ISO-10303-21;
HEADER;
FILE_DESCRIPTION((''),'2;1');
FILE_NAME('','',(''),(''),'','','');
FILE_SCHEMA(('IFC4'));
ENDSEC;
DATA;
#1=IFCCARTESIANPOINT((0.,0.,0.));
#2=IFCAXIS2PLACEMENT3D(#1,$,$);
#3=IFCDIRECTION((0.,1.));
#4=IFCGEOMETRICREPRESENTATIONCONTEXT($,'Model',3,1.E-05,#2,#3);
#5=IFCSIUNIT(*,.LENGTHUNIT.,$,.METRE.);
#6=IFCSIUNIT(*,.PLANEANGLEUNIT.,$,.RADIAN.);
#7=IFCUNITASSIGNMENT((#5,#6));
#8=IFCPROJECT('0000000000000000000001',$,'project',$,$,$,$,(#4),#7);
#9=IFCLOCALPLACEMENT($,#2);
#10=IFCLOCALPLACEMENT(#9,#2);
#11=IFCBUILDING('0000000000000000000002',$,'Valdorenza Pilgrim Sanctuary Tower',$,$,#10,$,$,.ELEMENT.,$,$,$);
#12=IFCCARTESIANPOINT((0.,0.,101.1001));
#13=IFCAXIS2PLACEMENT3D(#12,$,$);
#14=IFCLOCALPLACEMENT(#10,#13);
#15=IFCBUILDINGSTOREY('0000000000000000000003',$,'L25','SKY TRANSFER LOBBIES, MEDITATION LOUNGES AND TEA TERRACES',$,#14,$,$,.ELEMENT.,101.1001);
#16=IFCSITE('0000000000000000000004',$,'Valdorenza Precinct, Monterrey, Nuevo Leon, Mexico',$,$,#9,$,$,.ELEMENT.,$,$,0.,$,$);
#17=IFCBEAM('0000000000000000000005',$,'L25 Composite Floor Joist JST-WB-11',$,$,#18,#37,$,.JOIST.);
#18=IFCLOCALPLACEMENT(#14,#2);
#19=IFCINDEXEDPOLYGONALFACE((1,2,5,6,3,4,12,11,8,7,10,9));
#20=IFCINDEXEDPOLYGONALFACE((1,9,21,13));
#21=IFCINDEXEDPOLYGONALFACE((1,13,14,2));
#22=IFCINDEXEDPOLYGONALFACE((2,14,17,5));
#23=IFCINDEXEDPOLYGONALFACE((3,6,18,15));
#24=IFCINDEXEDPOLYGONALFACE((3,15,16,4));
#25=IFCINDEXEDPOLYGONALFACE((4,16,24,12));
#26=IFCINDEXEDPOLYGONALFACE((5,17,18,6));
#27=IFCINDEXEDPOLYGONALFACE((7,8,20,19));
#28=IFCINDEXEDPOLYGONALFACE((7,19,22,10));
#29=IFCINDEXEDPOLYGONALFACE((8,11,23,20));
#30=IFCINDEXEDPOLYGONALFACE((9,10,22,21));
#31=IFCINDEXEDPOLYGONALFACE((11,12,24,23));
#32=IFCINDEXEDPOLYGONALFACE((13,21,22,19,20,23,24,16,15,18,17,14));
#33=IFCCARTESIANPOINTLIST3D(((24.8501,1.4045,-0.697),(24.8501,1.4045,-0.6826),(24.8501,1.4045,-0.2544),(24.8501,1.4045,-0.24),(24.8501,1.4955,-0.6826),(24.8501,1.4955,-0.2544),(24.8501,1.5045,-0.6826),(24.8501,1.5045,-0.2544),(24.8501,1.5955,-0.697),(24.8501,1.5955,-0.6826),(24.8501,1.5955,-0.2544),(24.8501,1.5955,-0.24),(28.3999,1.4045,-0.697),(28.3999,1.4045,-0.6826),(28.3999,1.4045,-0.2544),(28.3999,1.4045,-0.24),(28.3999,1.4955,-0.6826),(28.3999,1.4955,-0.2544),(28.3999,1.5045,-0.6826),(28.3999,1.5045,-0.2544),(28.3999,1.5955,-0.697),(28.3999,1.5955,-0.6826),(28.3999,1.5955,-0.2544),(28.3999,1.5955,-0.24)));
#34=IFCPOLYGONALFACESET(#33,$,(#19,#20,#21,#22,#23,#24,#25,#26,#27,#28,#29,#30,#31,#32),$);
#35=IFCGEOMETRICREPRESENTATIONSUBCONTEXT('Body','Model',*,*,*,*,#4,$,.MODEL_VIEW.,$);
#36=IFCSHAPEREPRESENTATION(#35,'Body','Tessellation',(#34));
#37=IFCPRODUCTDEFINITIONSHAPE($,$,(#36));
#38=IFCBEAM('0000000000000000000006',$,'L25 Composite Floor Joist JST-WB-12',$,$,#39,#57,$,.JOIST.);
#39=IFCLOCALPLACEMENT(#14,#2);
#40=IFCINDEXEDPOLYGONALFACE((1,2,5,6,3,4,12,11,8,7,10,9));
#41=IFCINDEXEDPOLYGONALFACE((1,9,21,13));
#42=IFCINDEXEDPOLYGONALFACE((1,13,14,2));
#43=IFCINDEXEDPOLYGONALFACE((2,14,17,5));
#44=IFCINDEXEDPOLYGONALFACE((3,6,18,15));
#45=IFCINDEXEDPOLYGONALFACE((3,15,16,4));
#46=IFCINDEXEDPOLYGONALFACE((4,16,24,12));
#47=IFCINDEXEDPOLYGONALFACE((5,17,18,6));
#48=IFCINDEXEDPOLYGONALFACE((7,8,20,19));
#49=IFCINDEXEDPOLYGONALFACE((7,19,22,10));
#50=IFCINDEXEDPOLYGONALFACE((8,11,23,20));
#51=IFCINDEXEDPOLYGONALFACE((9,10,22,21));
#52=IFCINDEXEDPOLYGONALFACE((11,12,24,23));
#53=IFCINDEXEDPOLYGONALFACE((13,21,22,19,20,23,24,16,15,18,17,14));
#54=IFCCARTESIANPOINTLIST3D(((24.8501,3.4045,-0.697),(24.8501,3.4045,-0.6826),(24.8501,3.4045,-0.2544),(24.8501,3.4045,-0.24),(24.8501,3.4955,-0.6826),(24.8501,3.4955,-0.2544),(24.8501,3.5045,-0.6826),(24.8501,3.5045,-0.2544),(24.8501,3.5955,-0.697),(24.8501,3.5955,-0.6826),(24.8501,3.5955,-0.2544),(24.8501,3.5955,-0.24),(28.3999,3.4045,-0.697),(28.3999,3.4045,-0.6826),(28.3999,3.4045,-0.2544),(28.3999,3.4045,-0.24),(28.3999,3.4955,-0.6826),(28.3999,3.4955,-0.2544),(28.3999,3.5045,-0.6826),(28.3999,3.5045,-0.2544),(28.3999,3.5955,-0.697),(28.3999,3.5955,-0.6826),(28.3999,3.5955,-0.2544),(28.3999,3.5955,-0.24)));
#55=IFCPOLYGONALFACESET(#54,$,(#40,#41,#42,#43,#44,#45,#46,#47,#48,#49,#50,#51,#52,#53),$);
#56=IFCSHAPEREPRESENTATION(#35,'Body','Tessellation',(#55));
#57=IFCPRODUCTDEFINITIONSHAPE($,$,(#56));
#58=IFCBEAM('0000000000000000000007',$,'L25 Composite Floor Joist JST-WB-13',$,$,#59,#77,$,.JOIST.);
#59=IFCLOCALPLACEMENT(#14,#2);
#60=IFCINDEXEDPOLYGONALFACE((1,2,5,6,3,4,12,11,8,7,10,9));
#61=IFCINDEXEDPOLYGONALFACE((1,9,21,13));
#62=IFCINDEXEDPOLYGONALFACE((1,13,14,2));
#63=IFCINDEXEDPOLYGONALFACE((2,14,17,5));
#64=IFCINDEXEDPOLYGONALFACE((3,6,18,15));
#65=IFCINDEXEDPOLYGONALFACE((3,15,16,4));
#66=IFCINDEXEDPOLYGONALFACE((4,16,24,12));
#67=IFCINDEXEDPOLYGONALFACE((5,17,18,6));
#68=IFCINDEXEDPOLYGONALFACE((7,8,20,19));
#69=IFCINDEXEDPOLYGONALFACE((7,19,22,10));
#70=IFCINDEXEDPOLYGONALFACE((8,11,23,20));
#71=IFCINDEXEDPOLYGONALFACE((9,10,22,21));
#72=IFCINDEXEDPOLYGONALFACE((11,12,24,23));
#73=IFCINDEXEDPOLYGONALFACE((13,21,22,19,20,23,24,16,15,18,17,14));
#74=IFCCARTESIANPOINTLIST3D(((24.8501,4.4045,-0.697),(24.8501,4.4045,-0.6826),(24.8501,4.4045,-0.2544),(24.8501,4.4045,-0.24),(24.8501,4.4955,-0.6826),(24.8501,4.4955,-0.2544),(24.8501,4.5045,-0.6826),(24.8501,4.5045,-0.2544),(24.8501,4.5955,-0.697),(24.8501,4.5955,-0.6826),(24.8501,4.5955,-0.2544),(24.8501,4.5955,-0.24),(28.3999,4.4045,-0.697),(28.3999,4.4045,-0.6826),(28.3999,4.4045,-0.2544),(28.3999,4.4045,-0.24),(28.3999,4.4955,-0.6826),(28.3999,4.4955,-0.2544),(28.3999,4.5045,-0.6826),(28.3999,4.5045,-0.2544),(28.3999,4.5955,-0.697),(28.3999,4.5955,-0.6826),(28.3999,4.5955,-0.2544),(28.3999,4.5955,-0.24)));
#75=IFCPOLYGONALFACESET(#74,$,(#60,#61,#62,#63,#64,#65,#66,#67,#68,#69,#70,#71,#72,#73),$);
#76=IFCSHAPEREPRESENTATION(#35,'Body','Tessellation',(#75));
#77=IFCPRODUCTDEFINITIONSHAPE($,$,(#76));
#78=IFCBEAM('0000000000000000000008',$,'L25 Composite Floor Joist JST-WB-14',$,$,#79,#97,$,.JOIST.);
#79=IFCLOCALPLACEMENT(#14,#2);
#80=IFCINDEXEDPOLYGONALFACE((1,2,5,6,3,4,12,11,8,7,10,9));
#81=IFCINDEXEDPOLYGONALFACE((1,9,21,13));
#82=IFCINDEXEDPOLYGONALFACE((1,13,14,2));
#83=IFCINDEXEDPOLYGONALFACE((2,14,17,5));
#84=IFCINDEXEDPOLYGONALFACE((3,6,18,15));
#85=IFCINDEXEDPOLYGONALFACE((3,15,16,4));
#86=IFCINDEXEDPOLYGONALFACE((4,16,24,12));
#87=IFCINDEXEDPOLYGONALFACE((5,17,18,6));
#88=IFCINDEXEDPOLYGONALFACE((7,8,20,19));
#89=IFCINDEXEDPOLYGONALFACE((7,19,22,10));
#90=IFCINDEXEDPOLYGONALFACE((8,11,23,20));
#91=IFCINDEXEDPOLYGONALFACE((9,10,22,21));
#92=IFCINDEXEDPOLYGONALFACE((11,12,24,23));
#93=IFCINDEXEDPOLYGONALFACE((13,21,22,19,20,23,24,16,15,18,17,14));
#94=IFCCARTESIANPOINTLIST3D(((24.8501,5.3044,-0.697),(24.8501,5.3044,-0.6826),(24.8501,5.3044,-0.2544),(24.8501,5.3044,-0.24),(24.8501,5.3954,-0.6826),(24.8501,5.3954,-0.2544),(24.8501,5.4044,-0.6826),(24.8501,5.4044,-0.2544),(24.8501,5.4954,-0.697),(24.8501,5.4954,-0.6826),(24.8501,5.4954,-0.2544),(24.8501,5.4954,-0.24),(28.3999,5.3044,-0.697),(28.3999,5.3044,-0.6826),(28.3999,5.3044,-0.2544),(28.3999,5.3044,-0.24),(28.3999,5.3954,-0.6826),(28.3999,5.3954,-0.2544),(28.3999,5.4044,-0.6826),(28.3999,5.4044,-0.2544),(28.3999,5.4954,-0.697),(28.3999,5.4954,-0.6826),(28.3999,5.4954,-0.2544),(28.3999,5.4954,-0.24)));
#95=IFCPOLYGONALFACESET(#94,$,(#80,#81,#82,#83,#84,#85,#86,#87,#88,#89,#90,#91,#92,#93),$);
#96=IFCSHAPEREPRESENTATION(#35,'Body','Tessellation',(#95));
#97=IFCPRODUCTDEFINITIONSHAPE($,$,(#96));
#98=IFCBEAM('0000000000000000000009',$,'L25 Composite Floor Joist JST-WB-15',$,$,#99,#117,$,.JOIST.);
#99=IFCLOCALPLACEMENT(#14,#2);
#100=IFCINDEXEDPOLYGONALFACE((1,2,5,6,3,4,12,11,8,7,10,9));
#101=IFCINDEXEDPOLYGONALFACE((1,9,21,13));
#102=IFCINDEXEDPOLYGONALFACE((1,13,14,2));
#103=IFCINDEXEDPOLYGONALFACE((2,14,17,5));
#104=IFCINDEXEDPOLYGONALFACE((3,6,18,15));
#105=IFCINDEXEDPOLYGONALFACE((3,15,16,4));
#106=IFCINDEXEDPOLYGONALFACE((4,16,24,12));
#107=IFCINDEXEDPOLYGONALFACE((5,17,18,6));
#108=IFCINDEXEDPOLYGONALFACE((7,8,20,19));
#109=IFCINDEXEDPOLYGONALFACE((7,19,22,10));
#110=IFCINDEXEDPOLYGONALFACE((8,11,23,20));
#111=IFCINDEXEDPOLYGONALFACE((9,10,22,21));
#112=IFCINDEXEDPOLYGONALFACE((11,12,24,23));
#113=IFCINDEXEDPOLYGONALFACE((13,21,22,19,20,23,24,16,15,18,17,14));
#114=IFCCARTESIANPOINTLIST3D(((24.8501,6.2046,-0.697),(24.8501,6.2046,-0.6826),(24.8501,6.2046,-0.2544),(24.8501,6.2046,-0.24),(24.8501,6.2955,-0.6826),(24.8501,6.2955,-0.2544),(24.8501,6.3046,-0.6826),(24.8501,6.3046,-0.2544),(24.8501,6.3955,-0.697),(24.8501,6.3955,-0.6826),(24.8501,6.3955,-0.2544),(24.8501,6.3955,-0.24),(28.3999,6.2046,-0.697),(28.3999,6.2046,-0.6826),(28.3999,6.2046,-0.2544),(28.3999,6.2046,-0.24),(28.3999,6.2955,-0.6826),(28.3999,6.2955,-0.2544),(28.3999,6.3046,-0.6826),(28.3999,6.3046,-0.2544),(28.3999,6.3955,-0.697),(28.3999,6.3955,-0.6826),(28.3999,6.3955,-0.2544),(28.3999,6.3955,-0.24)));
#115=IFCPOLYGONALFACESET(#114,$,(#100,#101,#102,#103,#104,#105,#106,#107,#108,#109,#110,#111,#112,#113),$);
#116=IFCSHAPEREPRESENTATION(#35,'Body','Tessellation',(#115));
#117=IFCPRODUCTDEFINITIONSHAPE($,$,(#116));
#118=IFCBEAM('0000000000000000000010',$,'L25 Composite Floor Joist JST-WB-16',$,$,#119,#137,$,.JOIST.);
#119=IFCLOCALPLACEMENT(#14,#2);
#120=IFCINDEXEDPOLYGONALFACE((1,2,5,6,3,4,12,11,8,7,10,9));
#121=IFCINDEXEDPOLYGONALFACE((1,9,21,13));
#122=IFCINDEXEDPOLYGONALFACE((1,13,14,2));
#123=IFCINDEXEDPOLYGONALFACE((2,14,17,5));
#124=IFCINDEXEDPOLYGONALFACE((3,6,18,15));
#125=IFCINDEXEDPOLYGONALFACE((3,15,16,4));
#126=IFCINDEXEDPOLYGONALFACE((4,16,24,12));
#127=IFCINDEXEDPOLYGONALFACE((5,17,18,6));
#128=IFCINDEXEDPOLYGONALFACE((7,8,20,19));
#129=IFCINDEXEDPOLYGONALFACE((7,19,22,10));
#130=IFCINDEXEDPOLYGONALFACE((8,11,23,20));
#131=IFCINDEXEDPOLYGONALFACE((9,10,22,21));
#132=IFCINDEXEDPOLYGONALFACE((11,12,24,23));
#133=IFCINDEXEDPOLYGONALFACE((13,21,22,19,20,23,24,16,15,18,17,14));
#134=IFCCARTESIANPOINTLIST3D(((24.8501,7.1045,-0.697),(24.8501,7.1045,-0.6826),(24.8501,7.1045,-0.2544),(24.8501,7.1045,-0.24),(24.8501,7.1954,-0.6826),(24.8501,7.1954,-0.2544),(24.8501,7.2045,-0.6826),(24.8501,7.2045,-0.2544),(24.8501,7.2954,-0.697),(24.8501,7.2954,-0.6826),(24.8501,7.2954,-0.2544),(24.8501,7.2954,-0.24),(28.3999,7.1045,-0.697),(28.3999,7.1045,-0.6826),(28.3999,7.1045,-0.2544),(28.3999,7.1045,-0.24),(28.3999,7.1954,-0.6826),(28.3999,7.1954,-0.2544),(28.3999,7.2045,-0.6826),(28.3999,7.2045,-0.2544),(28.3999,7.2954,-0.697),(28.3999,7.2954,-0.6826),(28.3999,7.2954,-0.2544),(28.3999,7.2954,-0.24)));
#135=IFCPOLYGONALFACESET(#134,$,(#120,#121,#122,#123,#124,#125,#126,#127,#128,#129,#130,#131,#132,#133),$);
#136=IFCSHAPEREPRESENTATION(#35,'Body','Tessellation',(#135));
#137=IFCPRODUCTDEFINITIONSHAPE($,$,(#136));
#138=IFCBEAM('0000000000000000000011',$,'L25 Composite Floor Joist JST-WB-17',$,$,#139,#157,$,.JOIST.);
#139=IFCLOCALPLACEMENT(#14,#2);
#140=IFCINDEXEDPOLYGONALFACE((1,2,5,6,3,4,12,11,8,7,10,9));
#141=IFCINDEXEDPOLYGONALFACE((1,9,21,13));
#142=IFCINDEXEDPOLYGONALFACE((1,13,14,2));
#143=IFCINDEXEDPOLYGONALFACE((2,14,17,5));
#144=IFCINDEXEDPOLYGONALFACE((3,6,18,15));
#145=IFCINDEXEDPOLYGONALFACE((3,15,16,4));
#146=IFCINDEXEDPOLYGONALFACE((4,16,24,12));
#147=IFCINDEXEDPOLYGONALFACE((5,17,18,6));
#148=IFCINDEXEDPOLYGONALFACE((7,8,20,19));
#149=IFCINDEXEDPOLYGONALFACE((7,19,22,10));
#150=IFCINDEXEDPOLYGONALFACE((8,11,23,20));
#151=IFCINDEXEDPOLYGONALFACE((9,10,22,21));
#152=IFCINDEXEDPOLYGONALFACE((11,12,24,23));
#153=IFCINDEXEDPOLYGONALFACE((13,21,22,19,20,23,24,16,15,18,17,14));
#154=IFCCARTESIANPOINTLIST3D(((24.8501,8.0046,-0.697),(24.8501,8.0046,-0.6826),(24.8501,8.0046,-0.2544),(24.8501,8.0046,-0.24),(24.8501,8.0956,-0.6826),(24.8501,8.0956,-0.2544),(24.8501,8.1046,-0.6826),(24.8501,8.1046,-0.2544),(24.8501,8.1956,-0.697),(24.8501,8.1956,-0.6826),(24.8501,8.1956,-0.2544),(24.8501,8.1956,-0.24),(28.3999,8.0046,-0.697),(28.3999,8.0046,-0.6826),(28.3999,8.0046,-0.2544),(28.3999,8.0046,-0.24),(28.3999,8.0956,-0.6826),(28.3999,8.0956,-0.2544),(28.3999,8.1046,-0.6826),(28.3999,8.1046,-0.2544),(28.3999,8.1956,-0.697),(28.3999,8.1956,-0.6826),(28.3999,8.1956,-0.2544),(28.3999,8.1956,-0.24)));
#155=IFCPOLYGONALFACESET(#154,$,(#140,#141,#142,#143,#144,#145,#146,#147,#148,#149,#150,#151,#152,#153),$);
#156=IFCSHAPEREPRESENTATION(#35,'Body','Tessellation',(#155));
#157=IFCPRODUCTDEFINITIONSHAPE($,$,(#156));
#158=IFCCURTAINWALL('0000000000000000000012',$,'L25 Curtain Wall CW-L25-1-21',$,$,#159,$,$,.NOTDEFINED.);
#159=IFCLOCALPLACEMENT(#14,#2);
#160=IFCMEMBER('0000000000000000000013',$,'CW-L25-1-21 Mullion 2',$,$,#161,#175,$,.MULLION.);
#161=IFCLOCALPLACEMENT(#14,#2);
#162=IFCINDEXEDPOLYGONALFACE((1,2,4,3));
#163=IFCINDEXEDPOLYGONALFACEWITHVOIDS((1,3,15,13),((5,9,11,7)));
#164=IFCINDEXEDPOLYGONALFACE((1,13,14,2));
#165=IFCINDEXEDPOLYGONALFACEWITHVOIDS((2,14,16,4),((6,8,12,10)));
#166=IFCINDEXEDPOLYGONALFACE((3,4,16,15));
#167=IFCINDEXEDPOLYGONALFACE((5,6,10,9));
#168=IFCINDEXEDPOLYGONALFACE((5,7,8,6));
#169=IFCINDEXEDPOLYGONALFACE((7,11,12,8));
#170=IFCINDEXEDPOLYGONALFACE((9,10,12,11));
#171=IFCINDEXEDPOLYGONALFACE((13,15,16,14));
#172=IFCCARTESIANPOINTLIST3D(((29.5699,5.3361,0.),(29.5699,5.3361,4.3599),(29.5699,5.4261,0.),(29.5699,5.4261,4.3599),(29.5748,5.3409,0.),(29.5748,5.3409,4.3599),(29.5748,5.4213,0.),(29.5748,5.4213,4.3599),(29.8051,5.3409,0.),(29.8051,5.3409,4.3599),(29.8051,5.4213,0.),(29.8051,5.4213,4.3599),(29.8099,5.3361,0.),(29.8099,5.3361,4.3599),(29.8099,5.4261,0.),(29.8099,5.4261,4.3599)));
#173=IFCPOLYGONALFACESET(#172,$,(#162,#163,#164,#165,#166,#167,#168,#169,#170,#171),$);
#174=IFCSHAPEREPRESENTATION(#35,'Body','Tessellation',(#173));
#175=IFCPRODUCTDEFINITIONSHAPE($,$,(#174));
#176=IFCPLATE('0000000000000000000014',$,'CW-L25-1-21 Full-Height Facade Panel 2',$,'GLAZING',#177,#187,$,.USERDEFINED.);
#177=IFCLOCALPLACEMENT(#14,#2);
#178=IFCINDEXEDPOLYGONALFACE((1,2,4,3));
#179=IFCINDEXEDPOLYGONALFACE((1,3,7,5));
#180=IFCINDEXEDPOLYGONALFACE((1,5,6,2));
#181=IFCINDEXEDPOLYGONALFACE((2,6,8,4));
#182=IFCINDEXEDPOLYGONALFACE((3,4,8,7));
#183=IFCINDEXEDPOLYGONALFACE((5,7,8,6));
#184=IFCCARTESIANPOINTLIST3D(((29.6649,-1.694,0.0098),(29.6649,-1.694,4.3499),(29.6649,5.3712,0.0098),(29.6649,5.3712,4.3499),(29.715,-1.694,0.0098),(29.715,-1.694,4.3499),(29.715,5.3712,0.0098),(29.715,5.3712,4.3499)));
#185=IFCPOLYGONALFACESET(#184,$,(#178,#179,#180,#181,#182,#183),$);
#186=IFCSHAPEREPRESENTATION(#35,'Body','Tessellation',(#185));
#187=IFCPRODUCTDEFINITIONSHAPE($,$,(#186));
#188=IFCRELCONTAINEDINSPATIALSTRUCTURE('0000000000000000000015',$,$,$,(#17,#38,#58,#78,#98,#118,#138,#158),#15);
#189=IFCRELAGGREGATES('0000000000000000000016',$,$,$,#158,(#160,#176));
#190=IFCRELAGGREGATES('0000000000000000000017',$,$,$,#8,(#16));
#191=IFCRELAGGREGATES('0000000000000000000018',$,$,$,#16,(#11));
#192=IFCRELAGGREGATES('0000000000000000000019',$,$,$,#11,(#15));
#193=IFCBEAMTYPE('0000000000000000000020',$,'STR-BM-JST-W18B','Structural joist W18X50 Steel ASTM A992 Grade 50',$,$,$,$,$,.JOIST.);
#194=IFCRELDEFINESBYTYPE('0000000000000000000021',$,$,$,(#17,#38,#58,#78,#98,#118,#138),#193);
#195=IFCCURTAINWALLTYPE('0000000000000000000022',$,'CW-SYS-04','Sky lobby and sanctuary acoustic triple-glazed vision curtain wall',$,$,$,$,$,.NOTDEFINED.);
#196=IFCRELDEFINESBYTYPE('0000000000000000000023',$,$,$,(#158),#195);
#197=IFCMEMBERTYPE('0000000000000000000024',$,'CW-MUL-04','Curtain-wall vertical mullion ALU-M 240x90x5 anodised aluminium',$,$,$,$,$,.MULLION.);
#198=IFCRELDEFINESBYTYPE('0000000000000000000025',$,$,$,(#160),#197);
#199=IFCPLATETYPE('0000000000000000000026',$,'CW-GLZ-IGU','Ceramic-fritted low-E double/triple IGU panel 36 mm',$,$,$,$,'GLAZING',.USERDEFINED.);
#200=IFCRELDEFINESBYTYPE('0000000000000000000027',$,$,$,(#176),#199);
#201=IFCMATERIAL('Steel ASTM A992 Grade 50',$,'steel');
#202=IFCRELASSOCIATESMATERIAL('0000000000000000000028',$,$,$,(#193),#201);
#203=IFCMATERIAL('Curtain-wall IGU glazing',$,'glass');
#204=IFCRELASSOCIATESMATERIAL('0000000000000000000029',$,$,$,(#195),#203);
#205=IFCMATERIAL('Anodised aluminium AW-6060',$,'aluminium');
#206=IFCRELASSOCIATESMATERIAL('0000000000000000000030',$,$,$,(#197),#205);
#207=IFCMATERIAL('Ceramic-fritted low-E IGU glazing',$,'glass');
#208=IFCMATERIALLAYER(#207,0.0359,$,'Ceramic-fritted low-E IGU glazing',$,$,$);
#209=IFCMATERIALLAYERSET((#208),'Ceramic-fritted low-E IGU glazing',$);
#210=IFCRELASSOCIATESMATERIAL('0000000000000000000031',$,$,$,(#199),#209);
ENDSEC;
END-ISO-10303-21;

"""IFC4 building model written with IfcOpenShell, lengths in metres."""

from ifc_helpers import new_model, si_unit, direction, frame, origin, origin_2d, place, context, subcontext, project, spatial, rectangle, hollow_rectangle, i_section, extrude, source, transform, mapped, material, layer, layer_set, material_profile, profile_set, type_object, element, aggregate, save


model = new_model("IFC4")

# Units and contexts
model_context = context("Model", 3, precision=1e-05, world=origin(), true_north=direction((0.0, 1.0)))
body_context = subcontext(model_context, "Body", "Model", "MODEL_VIEW")
ifc_project = project(units=[si_unit("LENGTHUNIT", "METRE"), si_unit("PLANEANGLEUNIT", "RADIAN")], contexts=[model_context])

# Site, building, storey
site_placement = place(None, origin())
site = spatial("IfcSite", under=ifc_project, at=site_placement, Name="Valdorenza Precinct, Monterrey, Nuevo Leon, Mexico", CompositionType="ELEMENT", RefElevation=0.0)
building_placement = place(site_placement, origin())
building = spatial("IfcBuilding", under=site, at=building_placement, Name="Valdorenza Pilgrim Sanctuary Tower", CompositionType="ELEMENT")
storey_placement = place(building_placement, frame((0.0, 0.0, 101.1001)))
storey = spatial("IfcBuildingStorey", under=building, at=storey_placement, Name="L25", Description="SKY TRANSFER LOBBIES, MEDITATION LOUNGES AND TEA TERRACES", CompositionType="ELEMENT", Elevation=101.1001)

# Beams
ifc_material_1 = material(Name="Steel ASTM A992 Grade 50", Category="steel")
ifc_material_profile_1 = material_profile(ifc_material_1, i_section(OverallWidth=0.1909, OverallDepth=0.457, WebThickness=0.009, FlangeThickness=0.0144, at=origin_2d()), Name="W18X50")
ifc_profile_set_1 = profile_set([ifc_material_profile_1], Name="Steel ASTM A992 Grade 50")
beam_type = type_object("IfcBeamType", Name="STR-BM-JST-W18B", Description="Structural joist W18X50 Steel ASTM A992 Grade 50", PredefinedType="JOIST", material=ifc_profile_set_1)
shared_shape_1 = source(origin(), body_context, "Body", "SweptSolid", [
    extrude(i_section(OverallWidth=0.1909, OverallDepth=0.457, WebThickness=0.009, FlangeThickness=0.0144, at=origin_2d()), origin(), (0.0, 0.0, 1.0), 3.5498),
])
for number, where, z_axis, x_axis, name in (
    (1, (24.8501, 1.5, -0.4685), (1.0, 0.0, 0.0), (0.0, 1.0, 0.0), "L25 Composite Floor Joist JST-WB-11"),
    (2, (24.8501, 3.5, -0.4685), (1.0, 0.0, 0.0), (0.0, 1.0, 0.0), "L25 Composite Floor Joist JST-WB-12"),
    (3, (24.8501, 4.5, -0.4685), (1.0, 0.0, 0.0), (0.0, 1.0, 0.0), "L25 Composite Floor Joist JST-WB-13"),
    (4, (24.8501, 5.3999, -0.4685), (1.0, 0.0, 0.0), (0.0, 1.0, 0.0), "L25 Composite Floor Joist JST-WB-14"),
    (5, (24.8501, 6.3, -0.4685), (1.0, 0.0, 0.0), (0.0, 1.0, 0.0), "L25 Composite Floor Joist JST-WB-15"),
    (6, (24.8501, 7.2, -0.4685), (1.0, 0.0, 0.0), (0.0, 1.0, 0.0), "L25 Composite Floor Joist JST-WB-16"),
    (7, (24.8501, 8.1001, -0.4685), (1.0, 0.0, 0.0), (0.0, 1.0, 0.0), "L25 Composite Floor Joist JST-WB-17"),
):
    element("IfcBeam", number, at=place(storey_placement, frame(where, z_axis=z_axis, x_axis=x_axis)), inside=storey, type_object=beam_type, Name=name, PredefinedType="JOIST", context=body_context, shape_type="MappedRepresentation", body=[
        mapped(shared_shape_1, transform((0.0, 0.0, 0.0), x_axis=(1.0, 0.0, 0.0), y_axis=(0.0, 1.0, 0.0), z_axis=(0.0, 0.0, 1.0), scale=1.0)),
    ])

# Curtain wall, member, plate
ifc_material_2 = material(Name="Curtain-wall IGU glazing", Category="glass")
curtain_wall_type = type_object("IfcCurtainWallType", Name="CW-SYS-04", Description="Sky lobby and sanctuary acoustic triple-glazed vision curtain wall", PredefinedType="NOTDEFINED", material=ifc_material_2)
curtain_wall_placement = place(storey_placement, origin())
curtain_wall = element("IfcCurtainWall", 8, at=curtain_wall_placement, inside=storey, type_object=curtain_wall_type, Name="L25 Curtain Wall CW-L25-1-21", PredefinedType="NOTDEFINED")
ifc_material_3 = material(Name="Anodised aluminium AW-6060", Category="aluminium")
ifc_material_profile_2 = material_profile(ifc_material_3, hollow_rectangle(XDim=0.0901, YDim=0.24, WallThickness=0.0049, at=origin_2d()), Name="ALU-M 240x90x5")
ifc_profile_set_2 = profile_set([ifc_material_profile_2], Name="Anodised aluminium AW-6060")
member_type = type_object("IfcMemberType", Name="CW-MUL-04", Description="Curtain-wall vertical mullion ALU-M 240x90x5 anodised aluminium", PredefinedType="MULLION", material=ifc_profile_set_2)
shared_shape_2 = source(origin(), body_context, "Body", "SweptSolid", [
    extrude(hollow_rectangle(XDim=0.0901, YDim=0.24, WallThickness=0.0049, at=origin_2d()), origin(), (0.0, 0.0, 1.0), 4.3599),
])
member_placement = place(storey_placement, frame((29.6899, 5.3811, 0.0), z_axis=(0.0, 0.0, 1.0), x_axis=(0.0, -1.0, 0.0)))
member = element("IfcMember", 9, at=member_placement, type_object=member_type, Name="CW-L25-1-21 Mullion 2", PredefinedType="MULLION", context=body_context, shape_type="MappedRepresentation", body=[
    mapped(shared_shape_2, transform((0.0, 0.0, 0.0), x_axis=(1.0, 0.0, 0.0), y_axis=(0.0, 1.0, 0.0), z_axis=(0.0, 0.0, 1.0), scale=1.0)),
])
ifc_material_4 = material(Name="Ceramic-fritted low-E IGU glazing", Category="glass")
ifc_layer_1 = layer(ifc_material_4, 0.0359, Name="Ceramic-fritted low-E IGU glazing")
ifc_layer_set_1 = layer_set([ifc_layer_1], Name="Ceramic-fritted low-E IGU glazing")
plate_type = type_object("IfcPlateType", Name="CW-GLZ-IGU", Description="Ceramic-fritted low-E double/triple IGU panel 36 mm", ElementType="GLAZING", PredefinedType="USERDEFINED", material=ifc_layer_set_1)
shared_shape_3 = source(origin(), body_context, "Body", "SweptSolid", [
    extrude(rectangle(XDim=7.0652, YDim=0.05, at=origin_2d()), origin(), (0.0, 0.0, 1.0), 4.3401),
])
plate_placement = place(storey_placement, frame((29.6899, 1.8386, 0.0098), z_axis=(0.0, 0.0, 1.0), x_axis=(0.0, -1.0, 0.0)))
plate = element("IfcPlate", 10, at=plate_placement, type_object=plate_type, Name="CW-L25-1-21 Full-Height Facade Panel 2", ObjectType="GLAZING", PredefinedType="USERDEFINED", context=body_context, shape_type="MappedRepresentation", body=[
    mapped(shared_shape_3, transform((0.0, 0.0, 0.0), x_axis=(1.0, 0.0, 0.0), y_axis=(0.0, 1.0, 0.0), z_axis=(0.0, 0.0, 1.0), scale=1.0)),
])
aggregate(curtain_wall, [member, plate])

save(model, "model.ifc")
